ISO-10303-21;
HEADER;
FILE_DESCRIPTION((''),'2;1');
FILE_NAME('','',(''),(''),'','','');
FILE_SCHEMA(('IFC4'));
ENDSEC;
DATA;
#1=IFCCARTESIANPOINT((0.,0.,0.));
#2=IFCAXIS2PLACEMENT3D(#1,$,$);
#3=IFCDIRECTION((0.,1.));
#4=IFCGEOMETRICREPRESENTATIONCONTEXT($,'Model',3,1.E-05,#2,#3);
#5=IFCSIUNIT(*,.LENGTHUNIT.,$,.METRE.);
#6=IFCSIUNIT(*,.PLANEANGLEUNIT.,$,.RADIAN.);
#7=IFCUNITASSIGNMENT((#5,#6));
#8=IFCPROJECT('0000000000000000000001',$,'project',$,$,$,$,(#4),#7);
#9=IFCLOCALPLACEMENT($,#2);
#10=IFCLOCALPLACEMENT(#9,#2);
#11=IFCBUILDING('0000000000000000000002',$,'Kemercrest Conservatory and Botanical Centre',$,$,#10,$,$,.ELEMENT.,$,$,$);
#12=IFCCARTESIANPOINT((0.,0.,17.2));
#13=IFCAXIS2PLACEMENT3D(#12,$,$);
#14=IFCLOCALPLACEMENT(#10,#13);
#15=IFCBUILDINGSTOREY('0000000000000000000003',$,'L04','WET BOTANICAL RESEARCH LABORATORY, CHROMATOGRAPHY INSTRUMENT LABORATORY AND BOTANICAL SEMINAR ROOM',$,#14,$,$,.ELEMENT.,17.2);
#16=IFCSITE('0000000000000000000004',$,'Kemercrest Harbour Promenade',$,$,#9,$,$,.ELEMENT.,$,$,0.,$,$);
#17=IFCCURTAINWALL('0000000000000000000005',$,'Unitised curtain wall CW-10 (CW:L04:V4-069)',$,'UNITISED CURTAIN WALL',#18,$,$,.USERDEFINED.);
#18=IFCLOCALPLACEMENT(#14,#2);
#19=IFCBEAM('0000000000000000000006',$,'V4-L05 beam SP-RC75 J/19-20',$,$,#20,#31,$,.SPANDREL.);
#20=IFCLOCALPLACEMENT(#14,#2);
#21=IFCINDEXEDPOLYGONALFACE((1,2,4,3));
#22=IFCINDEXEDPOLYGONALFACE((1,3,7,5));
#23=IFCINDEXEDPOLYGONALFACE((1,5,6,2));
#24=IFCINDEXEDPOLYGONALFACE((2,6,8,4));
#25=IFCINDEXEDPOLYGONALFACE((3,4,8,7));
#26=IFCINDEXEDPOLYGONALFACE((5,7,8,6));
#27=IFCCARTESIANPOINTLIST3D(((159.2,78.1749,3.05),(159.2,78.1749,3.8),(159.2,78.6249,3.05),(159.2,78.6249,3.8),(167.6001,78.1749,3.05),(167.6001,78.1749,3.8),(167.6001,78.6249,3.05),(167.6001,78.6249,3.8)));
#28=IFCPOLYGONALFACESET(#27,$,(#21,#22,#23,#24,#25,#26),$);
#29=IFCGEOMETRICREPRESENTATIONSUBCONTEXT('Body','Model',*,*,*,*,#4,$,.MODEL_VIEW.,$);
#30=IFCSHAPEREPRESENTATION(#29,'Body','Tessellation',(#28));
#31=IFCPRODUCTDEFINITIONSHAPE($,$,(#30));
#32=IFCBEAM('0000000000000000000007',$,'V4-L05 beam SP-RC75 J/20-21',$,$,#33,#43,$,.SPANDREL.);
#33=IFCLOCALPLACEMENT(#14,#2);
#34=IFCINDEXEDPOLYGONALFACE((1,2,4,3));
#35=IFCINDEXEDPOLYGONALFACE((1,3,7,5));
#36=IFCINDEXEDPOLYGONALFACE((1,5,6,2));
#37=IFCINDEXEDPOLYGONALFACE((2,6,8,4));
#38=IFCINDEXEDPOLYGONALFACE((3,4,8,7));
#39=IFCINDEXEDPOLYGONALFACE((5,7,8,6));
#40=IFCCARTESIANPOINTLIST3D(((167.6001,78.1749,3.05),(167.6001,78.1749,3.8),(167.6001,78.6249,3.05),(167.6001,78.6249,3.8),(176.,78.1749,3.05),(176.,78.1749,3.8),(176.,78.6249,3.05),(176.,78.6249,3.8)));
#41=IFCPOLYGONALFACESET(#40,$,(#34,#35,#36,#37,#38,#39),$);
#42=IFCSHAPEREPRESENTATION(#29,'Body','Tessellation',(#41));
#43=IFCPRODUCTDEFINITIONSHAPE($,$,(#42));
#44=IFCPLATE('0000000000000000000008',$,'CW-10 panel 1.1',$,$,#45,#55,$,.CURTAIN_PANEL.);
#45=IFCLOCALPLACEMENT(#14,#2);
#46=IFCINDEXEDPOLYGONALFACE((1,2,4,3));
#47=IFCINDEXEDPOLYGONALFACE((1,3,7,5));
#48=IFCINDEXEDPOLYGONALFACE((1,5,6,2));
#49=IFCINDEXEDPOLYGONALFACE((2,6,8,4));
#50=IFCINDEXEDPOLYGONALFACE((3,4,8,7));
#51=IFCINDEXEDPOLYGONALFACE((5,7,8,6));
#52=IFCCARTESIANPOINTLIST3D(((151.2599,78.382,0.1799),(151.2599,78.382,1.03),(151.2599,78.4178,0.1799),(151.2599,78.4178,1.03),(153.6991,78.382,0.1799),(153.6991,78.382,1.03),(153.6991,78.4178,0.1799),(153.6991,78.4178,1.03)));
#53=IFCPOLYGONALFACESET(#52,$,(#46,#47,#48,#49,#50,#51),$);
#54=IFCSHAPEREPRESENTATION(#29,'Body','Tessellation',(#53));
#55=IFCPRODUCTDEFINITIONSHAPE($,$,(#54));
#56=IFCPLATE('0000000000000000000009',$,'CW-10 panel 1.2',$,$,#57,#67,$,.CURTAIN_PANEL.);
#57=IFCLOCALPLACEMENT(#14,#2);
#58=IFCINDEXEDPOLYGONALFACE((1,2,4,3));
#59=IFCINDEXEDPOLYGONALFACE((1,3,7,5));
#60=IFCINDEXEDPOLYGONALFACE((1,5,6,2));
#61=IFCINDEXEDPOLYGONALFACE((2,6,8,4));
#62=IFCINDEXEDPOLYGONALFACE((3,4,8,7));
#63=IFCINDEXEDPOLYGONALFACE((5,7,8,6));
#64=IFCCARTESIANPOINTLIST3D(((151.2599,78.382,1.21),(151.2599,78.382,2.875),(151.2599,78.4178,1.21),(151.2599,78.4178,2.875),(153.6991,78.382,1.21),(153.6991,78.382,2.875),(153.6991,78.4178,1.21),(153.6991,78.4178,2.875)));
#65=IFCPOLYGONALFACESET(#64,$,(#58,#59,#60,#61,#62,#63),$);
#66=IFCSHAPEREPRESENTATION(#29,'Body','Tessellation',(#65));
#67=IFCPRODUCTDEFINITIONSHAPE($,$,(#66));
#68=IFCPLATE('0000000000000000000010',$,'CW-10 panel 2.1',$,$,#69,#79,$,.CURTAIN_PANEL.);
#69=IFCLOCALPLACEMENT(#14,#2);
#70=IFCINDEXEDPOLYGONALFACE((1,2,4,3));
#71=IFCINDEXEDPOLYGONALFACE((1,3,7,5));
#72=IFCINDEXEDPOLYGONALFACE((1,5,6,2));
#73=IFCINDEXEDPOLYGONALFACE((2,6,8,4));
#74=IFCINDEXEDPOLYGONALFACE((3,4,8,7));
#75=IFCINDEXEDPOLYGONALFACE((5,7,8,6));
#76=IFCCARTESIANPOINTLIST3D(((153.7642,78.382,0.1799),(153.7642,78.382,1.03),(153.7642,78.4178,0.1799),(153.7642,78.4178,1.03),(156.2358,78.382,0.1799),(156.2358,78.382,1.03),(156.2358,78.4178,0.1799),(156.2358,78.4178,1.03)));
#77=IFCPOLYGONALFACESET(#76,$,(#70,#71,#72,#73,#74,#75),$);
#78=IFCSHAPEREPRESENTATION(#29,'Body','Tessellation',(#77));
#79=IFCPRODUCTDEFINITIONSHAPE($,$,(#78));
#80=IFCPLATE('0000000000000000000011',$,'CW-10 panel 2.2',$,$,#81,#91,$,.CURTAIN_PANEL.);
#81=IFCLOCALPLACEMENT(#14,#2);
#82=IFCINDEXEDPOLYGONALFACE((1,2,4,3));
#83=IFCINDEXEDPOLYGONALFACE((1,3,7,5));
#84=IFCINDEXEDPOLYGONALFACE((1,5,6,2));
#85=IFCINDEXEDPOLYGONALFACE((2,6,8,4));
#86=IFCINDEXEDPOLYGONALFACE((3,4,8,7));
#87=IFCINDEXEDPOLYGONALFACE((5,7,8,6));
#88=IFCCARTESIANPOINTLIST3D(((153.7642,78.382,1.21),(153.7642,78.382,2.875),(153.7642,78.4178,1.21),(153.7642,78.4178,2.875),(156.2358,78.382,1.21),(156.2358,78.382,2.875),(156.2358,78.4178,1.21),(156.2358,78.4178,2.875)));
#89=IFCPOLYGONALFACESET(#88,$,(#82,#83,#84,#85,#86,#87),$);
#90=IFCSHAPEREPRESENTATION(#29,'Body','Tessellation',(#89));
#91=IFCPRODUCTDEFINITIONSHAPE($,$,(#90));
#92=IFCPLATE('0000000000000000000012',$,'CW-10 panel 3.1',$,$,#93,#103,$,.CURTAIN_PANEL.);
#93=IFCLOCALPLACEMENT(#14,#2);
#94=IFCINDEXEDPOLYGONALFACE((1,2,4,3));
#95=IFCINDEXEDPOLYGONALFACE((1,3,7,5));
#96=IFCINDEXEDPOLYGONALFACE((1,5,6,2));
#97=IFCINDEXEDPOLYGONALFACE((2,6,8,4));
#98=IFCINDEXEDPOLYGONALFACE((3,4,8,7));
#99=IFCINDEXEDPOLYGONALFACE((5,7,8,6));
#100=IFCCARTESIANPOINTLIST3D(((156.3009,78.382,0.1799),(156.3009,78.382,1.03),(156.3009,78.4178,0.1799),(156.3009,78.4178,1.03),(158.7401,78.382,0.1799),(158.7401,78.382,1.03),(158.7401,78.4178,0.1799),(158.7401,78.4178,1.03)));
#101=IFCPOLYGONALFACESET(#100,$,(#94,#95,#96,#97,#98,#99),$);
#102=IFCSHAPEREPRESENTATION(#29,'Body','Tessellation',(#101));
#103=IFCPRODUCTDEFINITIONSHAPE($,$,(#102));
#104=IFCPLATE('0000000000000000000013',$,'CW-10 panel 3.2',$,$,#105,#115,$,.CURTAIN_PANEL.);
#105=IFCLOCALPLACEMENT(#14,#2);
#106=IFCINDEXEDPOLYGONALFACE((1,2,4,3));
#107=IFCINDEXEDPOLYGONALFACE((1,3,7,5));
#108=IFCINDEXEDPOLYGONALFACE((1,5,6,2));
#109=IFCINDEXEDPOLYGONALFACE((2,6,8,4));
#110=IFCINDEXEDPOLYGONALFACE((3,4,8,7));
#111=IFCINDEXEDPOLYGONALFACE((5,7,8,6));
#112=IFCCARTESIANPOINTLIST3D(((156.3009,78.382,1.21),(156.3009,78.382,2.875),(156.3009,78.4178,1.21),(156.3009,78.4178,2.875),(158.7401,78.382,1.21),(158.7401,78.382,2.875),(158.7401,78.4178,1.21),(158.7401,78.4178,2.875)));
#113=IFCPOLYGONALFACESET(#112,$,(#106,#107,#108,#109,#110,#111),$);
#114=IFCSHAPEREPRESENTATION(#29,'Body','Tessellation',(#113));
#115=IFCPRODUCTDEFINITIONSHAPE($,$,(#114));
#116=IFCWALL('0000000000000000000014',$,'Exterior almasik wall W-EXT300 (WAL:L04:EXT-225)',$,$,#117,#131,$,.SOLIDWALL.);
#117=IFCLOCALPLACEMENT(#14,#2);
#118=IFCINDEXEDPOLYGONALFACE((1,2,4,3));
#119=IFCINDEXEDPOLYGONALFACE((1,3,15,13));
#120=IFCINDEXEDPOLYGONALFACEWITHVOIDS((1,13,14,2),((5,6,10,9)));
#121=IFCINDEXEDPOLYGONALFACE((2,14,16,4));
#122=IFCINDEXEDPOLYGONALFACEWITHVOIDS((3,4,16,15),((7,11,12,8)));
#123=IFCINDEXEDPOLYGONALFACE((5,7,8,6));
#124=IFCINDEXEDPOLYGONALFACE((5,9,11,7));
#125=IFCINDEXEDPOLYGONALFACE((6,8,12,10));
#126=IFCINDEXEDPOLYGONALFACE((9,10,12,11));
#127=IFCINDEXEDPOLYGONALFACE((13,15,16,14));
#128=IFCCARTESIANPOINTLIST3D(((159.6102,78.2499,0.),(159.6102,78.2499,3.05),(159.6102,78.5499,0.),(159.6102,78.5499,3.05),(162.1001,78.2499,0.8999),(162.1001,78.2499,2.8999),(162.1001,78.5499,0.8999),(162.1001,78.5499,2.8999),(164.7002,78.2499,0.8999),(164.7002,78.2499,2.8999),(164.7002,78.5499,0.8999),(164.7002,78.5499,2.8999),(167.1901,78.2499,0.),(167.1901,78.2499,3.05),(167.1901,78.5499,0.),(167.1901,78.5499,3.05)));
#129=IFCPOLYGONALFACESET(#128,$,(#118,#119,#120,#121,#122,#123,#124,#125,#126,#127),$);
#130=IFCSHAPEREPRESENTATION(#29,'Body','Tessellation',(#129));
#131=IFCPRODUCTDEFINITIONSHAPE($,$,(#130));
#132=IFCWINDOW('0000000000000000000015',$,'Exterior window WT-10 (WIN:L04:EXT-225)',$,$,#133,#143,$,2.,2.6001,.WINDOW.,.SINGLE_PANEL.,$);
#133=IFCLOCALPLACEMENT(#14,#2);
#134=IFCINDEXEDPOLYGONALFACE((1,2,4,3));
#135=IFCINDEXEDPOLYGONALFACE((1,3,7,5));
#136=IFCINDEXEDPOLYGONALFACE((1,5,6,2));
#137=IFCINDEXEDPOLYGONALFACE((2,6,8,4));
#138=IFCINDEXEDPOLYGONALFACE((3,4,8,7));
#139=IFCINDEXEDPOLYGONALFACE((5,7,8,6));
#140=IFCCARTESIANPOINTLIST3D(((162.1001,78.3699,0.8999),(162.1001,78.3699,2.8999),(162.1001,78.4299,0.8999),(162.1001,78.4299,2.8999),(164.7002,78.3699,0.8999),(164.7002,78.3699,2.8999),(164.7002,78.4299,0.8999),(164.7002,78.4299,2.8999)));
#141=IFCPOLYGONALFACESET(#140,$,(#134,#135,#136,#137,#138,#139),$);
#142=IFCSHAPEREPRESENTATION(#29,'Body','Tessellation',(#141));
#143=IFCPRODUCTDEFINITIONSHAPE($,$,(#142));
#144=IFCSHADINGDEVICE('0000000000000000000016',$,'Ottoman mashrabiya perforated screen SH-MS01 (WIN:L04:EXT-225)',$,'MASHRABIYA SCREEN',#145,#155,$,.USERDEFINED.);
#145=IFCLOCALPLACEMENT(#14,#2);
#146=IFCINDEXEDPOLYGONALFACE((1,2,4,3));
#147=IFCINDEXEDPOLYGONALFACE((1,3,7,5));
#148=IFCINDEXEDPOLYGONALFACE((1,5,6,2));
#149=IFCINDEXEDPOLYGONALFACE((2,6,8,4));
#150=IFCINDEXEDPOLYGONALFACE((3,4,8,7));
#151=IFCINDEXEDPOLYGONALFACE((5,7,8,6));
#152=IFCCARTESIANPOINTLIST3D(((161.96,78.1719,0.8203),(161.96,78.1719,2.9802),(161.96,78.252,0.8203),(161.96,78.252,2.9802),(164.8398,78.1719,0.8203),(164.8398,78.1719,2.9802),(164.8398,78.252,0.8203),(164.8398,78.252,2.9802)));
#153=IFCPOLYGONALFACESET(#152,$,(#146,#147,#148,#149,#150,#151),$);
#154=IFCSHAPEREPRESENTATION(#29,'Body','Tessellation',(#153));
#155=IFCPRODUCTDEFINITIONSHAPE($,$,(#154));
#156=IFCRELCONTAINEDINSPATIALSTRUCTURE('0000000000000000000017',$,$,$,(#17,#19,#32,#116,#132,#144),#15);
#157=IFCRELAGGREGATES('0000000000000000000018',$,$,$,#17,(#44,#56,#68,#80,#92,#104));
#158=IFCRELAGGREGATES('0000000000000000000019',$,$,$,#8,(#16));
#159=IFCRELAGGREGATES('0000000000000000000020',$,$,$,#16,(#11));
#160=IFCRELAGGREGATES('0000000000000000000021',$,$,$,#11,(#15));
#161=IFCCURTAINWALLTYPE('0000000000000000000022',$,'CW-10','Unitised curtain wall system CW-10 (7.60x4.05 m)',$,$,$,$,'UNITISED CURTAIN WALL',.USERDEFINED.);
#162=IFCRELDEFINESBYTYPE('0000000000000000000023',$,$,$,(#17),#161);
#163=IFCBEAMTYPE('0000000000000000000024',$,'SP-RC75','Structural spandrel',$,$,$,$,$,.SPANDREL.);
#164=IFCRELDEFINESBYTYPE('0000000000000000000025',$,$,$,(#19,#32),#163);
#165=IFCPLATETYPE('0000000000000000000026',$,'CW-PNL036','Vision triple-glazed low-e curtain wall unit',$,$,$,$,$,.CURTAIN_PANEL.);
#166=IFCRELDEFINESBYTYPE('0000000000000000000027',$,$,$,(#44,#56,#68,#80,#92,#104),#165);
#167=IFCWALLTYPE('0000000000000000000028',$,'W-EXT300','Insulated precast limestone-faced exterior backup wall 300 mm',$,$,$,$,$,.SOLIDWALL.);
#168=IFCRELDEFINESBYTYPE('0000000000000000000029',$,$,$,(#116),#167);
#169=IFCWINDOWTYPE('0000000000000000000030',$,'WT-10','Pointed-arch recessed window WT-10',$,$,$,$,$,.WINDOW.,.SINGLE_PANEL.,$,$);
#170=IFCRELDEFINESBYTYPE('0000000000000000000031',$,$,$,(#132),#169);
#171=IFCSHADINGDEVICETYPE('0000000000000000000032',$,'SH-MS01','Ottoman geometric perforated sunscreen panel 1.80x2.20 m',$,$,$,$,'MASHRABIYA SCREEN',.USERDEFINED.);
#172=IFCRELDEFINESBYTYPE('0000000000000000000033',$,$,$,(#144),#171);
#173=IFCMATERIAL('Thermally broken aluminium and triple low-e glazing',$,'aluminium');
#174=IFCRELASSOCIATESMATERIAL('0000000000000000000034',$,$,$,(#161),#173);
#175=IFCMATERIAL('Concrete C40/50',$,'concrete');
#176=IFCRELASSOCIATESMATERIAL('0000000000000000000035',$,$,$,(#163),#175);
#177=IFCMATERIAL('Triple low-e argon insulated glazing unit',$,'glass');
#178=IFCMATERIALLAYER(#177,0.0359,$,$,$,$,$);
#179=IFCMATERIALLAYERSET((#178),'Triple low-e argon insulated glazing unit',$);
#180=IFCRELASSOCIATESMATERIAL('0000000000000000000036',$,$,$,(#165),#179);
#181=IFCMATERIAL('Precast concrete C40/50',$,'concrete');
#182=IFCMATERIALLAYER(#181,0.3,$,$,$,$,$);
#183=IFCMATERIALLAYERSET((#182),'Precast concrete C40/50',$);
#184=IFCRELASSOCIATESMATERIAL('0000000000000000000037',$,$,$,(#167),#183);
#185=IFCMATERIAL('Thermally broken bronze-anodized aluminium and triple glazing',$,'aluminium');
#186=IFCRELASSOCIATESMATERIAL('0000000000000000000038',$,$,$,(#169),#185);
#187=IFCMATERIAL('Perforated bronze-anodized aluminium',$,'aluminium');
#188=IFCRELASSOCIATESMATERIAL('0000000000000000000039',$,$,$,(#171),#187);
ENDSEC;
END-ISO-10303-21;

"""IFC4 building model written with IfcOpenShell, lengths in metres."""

from ifc_helpers import new_model, si_unit, direction, frame, frame_2d, origin, origin_2d, place, context, subcontext, project, spatial, rectangle, extrude, material, layer, layer_set, material_profile, profile_set, type_object, element, fill, aggregate, save


model = new_model("IFC4")

# Units and contexts
model_context = context("Model", 3, precision=1e-05, world=origin(), true_north=direction((0.0, 1.0)))
body_context = subcontext(model_context, "Body", "Model", "MODEL_VIEW")
ifc_project = project(units=[si_unit("LENGTHUNIT", "METRE"), si_unit("PLANEANGLEUNIT", "RADIAN")], contexts=[model_context])

# Site, building, storey
site_placement = place(None, origin())
site = spatial("IfcSite", under=ifc_project, at=site_placement, Name="Kemercrest Harbour Promenade", CompositionType="ELEMENT", RefElevation=0.0)
building_placement = place(site_placement, origin())
building = spatial("IfcBuilding", under=site, at=building_placement, Name="Kemercrest Conservatory and Botanical Centre", CompositionType="ELEMENT")
storey_placement = place(building_placement, frame((0.0, 0.0, 17.2)))
storey = spatial("IfcBuildingStorey", under=building, at=storey_placement, Name="L04", Description="WET BOTANICAL RESEARCH LABORATORY, CHROMATOGRAPHY INSTRUMENT LABORATORY AND BOTANICAL SEMINAR ROOM", CompositionType="ELEMENT", Elevation=17.2)

# Shared definitions
ifc_material_1 = material(Name="Concrete C40/50", Category="concrete")

# Curtain wall
ifc_material_2 = material(Name="Thermally broken aluminium and triple low-e glazing", Category="aluminium")
curtain_wall_type = type_object("IfcCurtainWallType", Name="CW-10", Description="Unitised curtain wall system CW-10 (7.60x4.05 m)", ElementType="UNITISED CURTAIN WALL", PredefinedType="USERDEFINED", material=ifc_material_2)
curtain_wall_placement = place(storey_placement, origin())
curtain_wall = element("IfcCurtainWall", 1, at=curtain_wall_placement, inside=storey, type_object=curtain_wall_type, Name="Unitised curtain wall CW-10 (CW:L04:V4-069)", ObjectType="UNITISED CURTAIN WALL", PredefinedType="USERDEFINED")

# Beams
ifc_material_profile_1 = material_profile(ifc_material_1, rectangle(XDim=0.45, YDim=0.75, at=origin_2d()), Name="RC 450x750")
ifc_profile_set_1 = profile_set([ifc_material_profile_1], Name="Concrete C40/50")
beam_type_1 = type_object("IfcBeamType", Name="SP-RC75", Description="Structural spandrel", PredefinedType="SPANDREL", material=ifc_profile_set_1)
beam_1_placement = place(storey_placement, frame((159.2, 78.3999, 3.425), z_axis=(1.0, 0.0, 0.0), x_axis=(0.0, 1.0, 0.0)))
element("IfcBeam", 2, at=beam_1_placement, inside=storey, type_object=beam_type_1, Name="V4-L05 beam SP-RC75 J/19-20", PredefinedType="SPANDREL", context=body_context, shape_type="SweptSolid", body=[
    extrude(rectangle(XDim=0.45, YDim=0.75, at=origin_2d()), origin(), (0.0, 0.0, 1.0), 8.4001),
])
beam_2_placement = place(storey_placement, frame((167.6001, 78.3999, 3.425), z_axis=(1.0, 0.0, 0.0), x_axis=(0.0, 1.0, 0.0)))
element("IfcBeam", 3, at=beam_2_placement, inside=storey, type_object=beam_type_1, Name="V4-L05 beam SP-RC75 J/20-21", PredefinedType="SPANDREL", context=body_context, shape_type="SweptSolid", body=[
    extrude(rectangle(XDim=0.45, YDim=0.75, at=origin_2d()), origin(), (0.0, 0.0, 1.0), 8.3999),
])

# Plates
ifc_material_3 = material(Name="Triple low-e argon insulated glazing unit", Category="glass")
ifc_layer_1 = layer(ifc_material_3, 0.0359)
ifc_layer_set_1 = layer_set([ifc_layer_1], Name="Triple low-e argon insulated glazing unit")
plate_type = type_object("IfcPlateType", Name="CW-PNL036", Description="Vision triple-glazed low-e curtain wall unit", PredefinedType="CURTAIN_PANEL", material=ifc_layer_set_1)
plate_1_placement = place(storey_placement, frame((152.4795, 78.3999, 0.1799), z_axis=(0.0, 0.0, 1.0), x_axis=(1.0, 0.0, 0.0)))
plate_1 = element("IfcPlate", 4, at=plate_1_placement, type_object=plate_type, Name="CW-10 panel 1.1", PredefinedType="CURTAIN_PANEL", context=body_context, shape_type="SweptSolid", body=[
    extrude(rectangle(XDim=2.4392, YDim=0.0359, at=origin_2d()), origin(), (0.0, 0.0, 1.0), 0.8501),
])
plate_2_placement = place(storey_placement, frame((152.4795, 78.3999, 1.21), z_axis=(0.0, 0.0, 1.0), x_axis=(1.0, 0.0, 0.0)))
plate_2 = element("IfcPlate", 5, at=plate_2_placement, type_object=plate_type, Name="CW-10 panel 1.2", PredefinedType="CURTAIN_PANEL", context=body_context, shape_type="SweptSolid", body=[
    extrude(rectangle(XDim=2.4392, YDim=0.0359, at=origin_2d()), origin(), (0.0, 0.0, 1.0), 1.665),
])
plate_3_placement = place(storey_placement, frame((155.0, 78.3999, 0.1799), z_axis=(0.0, 0.0, 1.0), x_axis=(1.0, 0.0, 0.0)))
plate_3 = element("IfcPlate", 6, at=plate_3_placement, type_object=plate_type, Name="CW-10 panel 2.1", PredefinedType="CURTAIN_PANEL", context=body_context, shape_type="SweptSolid", body=[
    extrude(rectangle(XDim=2.4717, YDim=0.0359, at=origin_2d()), origin(), (0.0, 0.0, 1.0), 0.8501),
])
plate_4_placement = place(storey_placement, frame((155.0, 78.3999, 1.21), z_axis=(0.0, 0.0, 1.0), x_axis=(1.0, 0.0, 0.0)))
plate_4 = element("IfcPlate", 7, at=plate_4_placement, type_object=plate_type, Name="CW-10 panel 2.2", PredefinedType="CURTAIN_PANEL", context=body_context, shape_type="SweptSolid", body=[
    extrude(rectangle(XDim=2.4717, YDim=0.0359, at=origin_2d()), origin(), (0.0, 0.0, 1.0), 1.665),
])
plate_5_placement = place(storey_placement, frame((157.5205, 78.3999, 0.1799), z_axis=(0.0, 0.0, 1.0), x_axis=(1.0, 0.0, 0.0)))
plate_5 = element("IfcPlate", 8, at=plate_5_placement, type_object=plate_type, Name="CW-10 panel 3.1", PredefinedType="CURTAIN_PANEL", context=body_context, shape_type="SweptSolid", body=[
    extrude(rectangle(XDim=2.4392, YDim=0.0359, at=origin_2d()), origin(), (0.0, 0.0, 1.0), 0.8501),
])
plate_6_placement = place(storey_placement, frame((157.5205, 78.3999, 1.21), z_axis=(0.0, 0.0, 1.0), x_axis=(1.0, 0.0, 0.0)))
plate_6 = element("IfcPlate", 9, at=plate_6_placement, type_object=plate_type, Name="CW-10 panel 3.2", PredefinedType="CURTAIN_PANEL", context=body_context, shape_type="SweptSolid", body=[
    extrude(rectangle(XDim=2.4392, YDim=0.0359, at=origin_2d()), origin(), (0.0, 0.0, 1.0), 1.665),
])
aggregate(curtain_wall, [plate_1, plate_2, plate_3, plate_4, plate_5, plate_6])

# Wall, opening, window
ifc_material_4 = material(Name="Precast concrete C40/50", Category="concrete")
ifc_layer_2 = layer(ifc_material_4, 0.3)
ifc_layer_set_2 = layer_set([ifc_layer_2], Name="Precast concrete C40/50")
wall_type = type_object("IfcWallType", Name="W-EXT300", Description="Insulated precast limestone-faced exterior backup wall 300 mm", PredefinedType="SOLIDWALL", material=ifc_layer_set_2)
wall_placement = place(storey_placement, frame((159.6101, 78.3999, 0.0), z_axis=(0.0, 0.0, 1.0), x_axis=(1.0, 0.0, 0.0)))
wall = element("IfcWall", 10, at=wall_placement, inside=storey, type_object=wall_type, Name="Exterior almasik wall W-EXT300 (WAL:L04:EXT-225)", PredefinedType="SOLIDWALL", context=body_context, shape_type="SweptSolid", body=[
    extrude(rectangle(XDim=7.5798, YDim=0.3, at=frame_2d((3.79, 0.0))), origin(), (0.0, 0.0, 1.0), 3.05),
])
opening_placement = place(wall_placement, frame((2.49, 0.0, 0.8999)))
opening = element("IfcOpeningElement", 11, at=opening_placement, cuts=wall, PredefinedType="OPENING", context=body_context, shape_type="SweptSolid", body=[
    extrude(rectangle(XDim=2.6001, YDim=2.0, at=frame_2d((1.3, 1.0))), frame((0.0, 0.1602, 0.0), z_axis=(0.0, -1.0, 0.0), x_axis=(1.0, 0.0, 0.0)), (0.0, 0.0, 1.0), 0.3201),
])
ifc_material_5 = material(Name="Thermally broken bronze-anodized aluminium and triple glazing", Category="aluminium")
window_type = type_object("IfcWindowType", Name="WT-10", Description="Pointed-arch recessed window WT-10", PartitioningType="SINGLE_PANEL", PredefinedType="WINDOW", material=ifc_material_5)
window_placement = place(opening_placement, origin())
window = element("IfcWindow", 12, at=window_placement, inside=storey, type_object=window_type, Name="Exterior window WT-10 (WIN:L04:EXT-225)", OverallHeight=2.0, OverallWidth=2.6001, PartitioningType="SINGLE_PANEL", PredefinedType="WINDOW", context=body_context, shape_type="SweptSolid", body=[
    extrude(rectangle(XDim=2.6001, YDim=2.0, at=frame_2d((1.3, 1.0))), frame((0.0, 0.03, 0.0), z_axis=(0.0, -1.0, 0.0), x_axis=(1.0, 0.0, 0.0)), (0.0, 0.0, 1.0), 0.0601),
])
fill(opening, window)

# Shading device
ifc_material_6 = material(Name="Perforated bronze-anodized aluminium", Category="aluminium")
shading_device_type = type_object("IfcShadingDeviceType", Name="SH-MS01", Description="Ottoman geometric perforated sunscreen panel 1.80x2.20 m", ElementType="MASHRABIYA SCREEN", PredefinedType="USERDEFINED", material=ifc_material_6)
shading_device_placement = place(storey_placement, frame((163.3999, 78.2119, 0.8203), z_axis=(0.0, 0.0, 1.0), x_axis=(1.0, 0.0, 0.0)))
element("IfcShadingDevice", 13, at=shading_device_placement, inside=storey, type_object=shading_device_type, Name="Ottoman mashrabiya perforated screen SH-MS01 (WIN:L04:EXT-225)", ObjectType="MASHRABIYA SCREEN", PredefinedType="USERDEFINED", context=body_context, shape_type="SweptSolid", body=[
    extrude(rectangle(XDim=2.8799, YDim=0.0801, at=origin_2d()), origin(), (0.0, 0.0, 1.0), 2.1599),
])

save(model, "model.ifc")
